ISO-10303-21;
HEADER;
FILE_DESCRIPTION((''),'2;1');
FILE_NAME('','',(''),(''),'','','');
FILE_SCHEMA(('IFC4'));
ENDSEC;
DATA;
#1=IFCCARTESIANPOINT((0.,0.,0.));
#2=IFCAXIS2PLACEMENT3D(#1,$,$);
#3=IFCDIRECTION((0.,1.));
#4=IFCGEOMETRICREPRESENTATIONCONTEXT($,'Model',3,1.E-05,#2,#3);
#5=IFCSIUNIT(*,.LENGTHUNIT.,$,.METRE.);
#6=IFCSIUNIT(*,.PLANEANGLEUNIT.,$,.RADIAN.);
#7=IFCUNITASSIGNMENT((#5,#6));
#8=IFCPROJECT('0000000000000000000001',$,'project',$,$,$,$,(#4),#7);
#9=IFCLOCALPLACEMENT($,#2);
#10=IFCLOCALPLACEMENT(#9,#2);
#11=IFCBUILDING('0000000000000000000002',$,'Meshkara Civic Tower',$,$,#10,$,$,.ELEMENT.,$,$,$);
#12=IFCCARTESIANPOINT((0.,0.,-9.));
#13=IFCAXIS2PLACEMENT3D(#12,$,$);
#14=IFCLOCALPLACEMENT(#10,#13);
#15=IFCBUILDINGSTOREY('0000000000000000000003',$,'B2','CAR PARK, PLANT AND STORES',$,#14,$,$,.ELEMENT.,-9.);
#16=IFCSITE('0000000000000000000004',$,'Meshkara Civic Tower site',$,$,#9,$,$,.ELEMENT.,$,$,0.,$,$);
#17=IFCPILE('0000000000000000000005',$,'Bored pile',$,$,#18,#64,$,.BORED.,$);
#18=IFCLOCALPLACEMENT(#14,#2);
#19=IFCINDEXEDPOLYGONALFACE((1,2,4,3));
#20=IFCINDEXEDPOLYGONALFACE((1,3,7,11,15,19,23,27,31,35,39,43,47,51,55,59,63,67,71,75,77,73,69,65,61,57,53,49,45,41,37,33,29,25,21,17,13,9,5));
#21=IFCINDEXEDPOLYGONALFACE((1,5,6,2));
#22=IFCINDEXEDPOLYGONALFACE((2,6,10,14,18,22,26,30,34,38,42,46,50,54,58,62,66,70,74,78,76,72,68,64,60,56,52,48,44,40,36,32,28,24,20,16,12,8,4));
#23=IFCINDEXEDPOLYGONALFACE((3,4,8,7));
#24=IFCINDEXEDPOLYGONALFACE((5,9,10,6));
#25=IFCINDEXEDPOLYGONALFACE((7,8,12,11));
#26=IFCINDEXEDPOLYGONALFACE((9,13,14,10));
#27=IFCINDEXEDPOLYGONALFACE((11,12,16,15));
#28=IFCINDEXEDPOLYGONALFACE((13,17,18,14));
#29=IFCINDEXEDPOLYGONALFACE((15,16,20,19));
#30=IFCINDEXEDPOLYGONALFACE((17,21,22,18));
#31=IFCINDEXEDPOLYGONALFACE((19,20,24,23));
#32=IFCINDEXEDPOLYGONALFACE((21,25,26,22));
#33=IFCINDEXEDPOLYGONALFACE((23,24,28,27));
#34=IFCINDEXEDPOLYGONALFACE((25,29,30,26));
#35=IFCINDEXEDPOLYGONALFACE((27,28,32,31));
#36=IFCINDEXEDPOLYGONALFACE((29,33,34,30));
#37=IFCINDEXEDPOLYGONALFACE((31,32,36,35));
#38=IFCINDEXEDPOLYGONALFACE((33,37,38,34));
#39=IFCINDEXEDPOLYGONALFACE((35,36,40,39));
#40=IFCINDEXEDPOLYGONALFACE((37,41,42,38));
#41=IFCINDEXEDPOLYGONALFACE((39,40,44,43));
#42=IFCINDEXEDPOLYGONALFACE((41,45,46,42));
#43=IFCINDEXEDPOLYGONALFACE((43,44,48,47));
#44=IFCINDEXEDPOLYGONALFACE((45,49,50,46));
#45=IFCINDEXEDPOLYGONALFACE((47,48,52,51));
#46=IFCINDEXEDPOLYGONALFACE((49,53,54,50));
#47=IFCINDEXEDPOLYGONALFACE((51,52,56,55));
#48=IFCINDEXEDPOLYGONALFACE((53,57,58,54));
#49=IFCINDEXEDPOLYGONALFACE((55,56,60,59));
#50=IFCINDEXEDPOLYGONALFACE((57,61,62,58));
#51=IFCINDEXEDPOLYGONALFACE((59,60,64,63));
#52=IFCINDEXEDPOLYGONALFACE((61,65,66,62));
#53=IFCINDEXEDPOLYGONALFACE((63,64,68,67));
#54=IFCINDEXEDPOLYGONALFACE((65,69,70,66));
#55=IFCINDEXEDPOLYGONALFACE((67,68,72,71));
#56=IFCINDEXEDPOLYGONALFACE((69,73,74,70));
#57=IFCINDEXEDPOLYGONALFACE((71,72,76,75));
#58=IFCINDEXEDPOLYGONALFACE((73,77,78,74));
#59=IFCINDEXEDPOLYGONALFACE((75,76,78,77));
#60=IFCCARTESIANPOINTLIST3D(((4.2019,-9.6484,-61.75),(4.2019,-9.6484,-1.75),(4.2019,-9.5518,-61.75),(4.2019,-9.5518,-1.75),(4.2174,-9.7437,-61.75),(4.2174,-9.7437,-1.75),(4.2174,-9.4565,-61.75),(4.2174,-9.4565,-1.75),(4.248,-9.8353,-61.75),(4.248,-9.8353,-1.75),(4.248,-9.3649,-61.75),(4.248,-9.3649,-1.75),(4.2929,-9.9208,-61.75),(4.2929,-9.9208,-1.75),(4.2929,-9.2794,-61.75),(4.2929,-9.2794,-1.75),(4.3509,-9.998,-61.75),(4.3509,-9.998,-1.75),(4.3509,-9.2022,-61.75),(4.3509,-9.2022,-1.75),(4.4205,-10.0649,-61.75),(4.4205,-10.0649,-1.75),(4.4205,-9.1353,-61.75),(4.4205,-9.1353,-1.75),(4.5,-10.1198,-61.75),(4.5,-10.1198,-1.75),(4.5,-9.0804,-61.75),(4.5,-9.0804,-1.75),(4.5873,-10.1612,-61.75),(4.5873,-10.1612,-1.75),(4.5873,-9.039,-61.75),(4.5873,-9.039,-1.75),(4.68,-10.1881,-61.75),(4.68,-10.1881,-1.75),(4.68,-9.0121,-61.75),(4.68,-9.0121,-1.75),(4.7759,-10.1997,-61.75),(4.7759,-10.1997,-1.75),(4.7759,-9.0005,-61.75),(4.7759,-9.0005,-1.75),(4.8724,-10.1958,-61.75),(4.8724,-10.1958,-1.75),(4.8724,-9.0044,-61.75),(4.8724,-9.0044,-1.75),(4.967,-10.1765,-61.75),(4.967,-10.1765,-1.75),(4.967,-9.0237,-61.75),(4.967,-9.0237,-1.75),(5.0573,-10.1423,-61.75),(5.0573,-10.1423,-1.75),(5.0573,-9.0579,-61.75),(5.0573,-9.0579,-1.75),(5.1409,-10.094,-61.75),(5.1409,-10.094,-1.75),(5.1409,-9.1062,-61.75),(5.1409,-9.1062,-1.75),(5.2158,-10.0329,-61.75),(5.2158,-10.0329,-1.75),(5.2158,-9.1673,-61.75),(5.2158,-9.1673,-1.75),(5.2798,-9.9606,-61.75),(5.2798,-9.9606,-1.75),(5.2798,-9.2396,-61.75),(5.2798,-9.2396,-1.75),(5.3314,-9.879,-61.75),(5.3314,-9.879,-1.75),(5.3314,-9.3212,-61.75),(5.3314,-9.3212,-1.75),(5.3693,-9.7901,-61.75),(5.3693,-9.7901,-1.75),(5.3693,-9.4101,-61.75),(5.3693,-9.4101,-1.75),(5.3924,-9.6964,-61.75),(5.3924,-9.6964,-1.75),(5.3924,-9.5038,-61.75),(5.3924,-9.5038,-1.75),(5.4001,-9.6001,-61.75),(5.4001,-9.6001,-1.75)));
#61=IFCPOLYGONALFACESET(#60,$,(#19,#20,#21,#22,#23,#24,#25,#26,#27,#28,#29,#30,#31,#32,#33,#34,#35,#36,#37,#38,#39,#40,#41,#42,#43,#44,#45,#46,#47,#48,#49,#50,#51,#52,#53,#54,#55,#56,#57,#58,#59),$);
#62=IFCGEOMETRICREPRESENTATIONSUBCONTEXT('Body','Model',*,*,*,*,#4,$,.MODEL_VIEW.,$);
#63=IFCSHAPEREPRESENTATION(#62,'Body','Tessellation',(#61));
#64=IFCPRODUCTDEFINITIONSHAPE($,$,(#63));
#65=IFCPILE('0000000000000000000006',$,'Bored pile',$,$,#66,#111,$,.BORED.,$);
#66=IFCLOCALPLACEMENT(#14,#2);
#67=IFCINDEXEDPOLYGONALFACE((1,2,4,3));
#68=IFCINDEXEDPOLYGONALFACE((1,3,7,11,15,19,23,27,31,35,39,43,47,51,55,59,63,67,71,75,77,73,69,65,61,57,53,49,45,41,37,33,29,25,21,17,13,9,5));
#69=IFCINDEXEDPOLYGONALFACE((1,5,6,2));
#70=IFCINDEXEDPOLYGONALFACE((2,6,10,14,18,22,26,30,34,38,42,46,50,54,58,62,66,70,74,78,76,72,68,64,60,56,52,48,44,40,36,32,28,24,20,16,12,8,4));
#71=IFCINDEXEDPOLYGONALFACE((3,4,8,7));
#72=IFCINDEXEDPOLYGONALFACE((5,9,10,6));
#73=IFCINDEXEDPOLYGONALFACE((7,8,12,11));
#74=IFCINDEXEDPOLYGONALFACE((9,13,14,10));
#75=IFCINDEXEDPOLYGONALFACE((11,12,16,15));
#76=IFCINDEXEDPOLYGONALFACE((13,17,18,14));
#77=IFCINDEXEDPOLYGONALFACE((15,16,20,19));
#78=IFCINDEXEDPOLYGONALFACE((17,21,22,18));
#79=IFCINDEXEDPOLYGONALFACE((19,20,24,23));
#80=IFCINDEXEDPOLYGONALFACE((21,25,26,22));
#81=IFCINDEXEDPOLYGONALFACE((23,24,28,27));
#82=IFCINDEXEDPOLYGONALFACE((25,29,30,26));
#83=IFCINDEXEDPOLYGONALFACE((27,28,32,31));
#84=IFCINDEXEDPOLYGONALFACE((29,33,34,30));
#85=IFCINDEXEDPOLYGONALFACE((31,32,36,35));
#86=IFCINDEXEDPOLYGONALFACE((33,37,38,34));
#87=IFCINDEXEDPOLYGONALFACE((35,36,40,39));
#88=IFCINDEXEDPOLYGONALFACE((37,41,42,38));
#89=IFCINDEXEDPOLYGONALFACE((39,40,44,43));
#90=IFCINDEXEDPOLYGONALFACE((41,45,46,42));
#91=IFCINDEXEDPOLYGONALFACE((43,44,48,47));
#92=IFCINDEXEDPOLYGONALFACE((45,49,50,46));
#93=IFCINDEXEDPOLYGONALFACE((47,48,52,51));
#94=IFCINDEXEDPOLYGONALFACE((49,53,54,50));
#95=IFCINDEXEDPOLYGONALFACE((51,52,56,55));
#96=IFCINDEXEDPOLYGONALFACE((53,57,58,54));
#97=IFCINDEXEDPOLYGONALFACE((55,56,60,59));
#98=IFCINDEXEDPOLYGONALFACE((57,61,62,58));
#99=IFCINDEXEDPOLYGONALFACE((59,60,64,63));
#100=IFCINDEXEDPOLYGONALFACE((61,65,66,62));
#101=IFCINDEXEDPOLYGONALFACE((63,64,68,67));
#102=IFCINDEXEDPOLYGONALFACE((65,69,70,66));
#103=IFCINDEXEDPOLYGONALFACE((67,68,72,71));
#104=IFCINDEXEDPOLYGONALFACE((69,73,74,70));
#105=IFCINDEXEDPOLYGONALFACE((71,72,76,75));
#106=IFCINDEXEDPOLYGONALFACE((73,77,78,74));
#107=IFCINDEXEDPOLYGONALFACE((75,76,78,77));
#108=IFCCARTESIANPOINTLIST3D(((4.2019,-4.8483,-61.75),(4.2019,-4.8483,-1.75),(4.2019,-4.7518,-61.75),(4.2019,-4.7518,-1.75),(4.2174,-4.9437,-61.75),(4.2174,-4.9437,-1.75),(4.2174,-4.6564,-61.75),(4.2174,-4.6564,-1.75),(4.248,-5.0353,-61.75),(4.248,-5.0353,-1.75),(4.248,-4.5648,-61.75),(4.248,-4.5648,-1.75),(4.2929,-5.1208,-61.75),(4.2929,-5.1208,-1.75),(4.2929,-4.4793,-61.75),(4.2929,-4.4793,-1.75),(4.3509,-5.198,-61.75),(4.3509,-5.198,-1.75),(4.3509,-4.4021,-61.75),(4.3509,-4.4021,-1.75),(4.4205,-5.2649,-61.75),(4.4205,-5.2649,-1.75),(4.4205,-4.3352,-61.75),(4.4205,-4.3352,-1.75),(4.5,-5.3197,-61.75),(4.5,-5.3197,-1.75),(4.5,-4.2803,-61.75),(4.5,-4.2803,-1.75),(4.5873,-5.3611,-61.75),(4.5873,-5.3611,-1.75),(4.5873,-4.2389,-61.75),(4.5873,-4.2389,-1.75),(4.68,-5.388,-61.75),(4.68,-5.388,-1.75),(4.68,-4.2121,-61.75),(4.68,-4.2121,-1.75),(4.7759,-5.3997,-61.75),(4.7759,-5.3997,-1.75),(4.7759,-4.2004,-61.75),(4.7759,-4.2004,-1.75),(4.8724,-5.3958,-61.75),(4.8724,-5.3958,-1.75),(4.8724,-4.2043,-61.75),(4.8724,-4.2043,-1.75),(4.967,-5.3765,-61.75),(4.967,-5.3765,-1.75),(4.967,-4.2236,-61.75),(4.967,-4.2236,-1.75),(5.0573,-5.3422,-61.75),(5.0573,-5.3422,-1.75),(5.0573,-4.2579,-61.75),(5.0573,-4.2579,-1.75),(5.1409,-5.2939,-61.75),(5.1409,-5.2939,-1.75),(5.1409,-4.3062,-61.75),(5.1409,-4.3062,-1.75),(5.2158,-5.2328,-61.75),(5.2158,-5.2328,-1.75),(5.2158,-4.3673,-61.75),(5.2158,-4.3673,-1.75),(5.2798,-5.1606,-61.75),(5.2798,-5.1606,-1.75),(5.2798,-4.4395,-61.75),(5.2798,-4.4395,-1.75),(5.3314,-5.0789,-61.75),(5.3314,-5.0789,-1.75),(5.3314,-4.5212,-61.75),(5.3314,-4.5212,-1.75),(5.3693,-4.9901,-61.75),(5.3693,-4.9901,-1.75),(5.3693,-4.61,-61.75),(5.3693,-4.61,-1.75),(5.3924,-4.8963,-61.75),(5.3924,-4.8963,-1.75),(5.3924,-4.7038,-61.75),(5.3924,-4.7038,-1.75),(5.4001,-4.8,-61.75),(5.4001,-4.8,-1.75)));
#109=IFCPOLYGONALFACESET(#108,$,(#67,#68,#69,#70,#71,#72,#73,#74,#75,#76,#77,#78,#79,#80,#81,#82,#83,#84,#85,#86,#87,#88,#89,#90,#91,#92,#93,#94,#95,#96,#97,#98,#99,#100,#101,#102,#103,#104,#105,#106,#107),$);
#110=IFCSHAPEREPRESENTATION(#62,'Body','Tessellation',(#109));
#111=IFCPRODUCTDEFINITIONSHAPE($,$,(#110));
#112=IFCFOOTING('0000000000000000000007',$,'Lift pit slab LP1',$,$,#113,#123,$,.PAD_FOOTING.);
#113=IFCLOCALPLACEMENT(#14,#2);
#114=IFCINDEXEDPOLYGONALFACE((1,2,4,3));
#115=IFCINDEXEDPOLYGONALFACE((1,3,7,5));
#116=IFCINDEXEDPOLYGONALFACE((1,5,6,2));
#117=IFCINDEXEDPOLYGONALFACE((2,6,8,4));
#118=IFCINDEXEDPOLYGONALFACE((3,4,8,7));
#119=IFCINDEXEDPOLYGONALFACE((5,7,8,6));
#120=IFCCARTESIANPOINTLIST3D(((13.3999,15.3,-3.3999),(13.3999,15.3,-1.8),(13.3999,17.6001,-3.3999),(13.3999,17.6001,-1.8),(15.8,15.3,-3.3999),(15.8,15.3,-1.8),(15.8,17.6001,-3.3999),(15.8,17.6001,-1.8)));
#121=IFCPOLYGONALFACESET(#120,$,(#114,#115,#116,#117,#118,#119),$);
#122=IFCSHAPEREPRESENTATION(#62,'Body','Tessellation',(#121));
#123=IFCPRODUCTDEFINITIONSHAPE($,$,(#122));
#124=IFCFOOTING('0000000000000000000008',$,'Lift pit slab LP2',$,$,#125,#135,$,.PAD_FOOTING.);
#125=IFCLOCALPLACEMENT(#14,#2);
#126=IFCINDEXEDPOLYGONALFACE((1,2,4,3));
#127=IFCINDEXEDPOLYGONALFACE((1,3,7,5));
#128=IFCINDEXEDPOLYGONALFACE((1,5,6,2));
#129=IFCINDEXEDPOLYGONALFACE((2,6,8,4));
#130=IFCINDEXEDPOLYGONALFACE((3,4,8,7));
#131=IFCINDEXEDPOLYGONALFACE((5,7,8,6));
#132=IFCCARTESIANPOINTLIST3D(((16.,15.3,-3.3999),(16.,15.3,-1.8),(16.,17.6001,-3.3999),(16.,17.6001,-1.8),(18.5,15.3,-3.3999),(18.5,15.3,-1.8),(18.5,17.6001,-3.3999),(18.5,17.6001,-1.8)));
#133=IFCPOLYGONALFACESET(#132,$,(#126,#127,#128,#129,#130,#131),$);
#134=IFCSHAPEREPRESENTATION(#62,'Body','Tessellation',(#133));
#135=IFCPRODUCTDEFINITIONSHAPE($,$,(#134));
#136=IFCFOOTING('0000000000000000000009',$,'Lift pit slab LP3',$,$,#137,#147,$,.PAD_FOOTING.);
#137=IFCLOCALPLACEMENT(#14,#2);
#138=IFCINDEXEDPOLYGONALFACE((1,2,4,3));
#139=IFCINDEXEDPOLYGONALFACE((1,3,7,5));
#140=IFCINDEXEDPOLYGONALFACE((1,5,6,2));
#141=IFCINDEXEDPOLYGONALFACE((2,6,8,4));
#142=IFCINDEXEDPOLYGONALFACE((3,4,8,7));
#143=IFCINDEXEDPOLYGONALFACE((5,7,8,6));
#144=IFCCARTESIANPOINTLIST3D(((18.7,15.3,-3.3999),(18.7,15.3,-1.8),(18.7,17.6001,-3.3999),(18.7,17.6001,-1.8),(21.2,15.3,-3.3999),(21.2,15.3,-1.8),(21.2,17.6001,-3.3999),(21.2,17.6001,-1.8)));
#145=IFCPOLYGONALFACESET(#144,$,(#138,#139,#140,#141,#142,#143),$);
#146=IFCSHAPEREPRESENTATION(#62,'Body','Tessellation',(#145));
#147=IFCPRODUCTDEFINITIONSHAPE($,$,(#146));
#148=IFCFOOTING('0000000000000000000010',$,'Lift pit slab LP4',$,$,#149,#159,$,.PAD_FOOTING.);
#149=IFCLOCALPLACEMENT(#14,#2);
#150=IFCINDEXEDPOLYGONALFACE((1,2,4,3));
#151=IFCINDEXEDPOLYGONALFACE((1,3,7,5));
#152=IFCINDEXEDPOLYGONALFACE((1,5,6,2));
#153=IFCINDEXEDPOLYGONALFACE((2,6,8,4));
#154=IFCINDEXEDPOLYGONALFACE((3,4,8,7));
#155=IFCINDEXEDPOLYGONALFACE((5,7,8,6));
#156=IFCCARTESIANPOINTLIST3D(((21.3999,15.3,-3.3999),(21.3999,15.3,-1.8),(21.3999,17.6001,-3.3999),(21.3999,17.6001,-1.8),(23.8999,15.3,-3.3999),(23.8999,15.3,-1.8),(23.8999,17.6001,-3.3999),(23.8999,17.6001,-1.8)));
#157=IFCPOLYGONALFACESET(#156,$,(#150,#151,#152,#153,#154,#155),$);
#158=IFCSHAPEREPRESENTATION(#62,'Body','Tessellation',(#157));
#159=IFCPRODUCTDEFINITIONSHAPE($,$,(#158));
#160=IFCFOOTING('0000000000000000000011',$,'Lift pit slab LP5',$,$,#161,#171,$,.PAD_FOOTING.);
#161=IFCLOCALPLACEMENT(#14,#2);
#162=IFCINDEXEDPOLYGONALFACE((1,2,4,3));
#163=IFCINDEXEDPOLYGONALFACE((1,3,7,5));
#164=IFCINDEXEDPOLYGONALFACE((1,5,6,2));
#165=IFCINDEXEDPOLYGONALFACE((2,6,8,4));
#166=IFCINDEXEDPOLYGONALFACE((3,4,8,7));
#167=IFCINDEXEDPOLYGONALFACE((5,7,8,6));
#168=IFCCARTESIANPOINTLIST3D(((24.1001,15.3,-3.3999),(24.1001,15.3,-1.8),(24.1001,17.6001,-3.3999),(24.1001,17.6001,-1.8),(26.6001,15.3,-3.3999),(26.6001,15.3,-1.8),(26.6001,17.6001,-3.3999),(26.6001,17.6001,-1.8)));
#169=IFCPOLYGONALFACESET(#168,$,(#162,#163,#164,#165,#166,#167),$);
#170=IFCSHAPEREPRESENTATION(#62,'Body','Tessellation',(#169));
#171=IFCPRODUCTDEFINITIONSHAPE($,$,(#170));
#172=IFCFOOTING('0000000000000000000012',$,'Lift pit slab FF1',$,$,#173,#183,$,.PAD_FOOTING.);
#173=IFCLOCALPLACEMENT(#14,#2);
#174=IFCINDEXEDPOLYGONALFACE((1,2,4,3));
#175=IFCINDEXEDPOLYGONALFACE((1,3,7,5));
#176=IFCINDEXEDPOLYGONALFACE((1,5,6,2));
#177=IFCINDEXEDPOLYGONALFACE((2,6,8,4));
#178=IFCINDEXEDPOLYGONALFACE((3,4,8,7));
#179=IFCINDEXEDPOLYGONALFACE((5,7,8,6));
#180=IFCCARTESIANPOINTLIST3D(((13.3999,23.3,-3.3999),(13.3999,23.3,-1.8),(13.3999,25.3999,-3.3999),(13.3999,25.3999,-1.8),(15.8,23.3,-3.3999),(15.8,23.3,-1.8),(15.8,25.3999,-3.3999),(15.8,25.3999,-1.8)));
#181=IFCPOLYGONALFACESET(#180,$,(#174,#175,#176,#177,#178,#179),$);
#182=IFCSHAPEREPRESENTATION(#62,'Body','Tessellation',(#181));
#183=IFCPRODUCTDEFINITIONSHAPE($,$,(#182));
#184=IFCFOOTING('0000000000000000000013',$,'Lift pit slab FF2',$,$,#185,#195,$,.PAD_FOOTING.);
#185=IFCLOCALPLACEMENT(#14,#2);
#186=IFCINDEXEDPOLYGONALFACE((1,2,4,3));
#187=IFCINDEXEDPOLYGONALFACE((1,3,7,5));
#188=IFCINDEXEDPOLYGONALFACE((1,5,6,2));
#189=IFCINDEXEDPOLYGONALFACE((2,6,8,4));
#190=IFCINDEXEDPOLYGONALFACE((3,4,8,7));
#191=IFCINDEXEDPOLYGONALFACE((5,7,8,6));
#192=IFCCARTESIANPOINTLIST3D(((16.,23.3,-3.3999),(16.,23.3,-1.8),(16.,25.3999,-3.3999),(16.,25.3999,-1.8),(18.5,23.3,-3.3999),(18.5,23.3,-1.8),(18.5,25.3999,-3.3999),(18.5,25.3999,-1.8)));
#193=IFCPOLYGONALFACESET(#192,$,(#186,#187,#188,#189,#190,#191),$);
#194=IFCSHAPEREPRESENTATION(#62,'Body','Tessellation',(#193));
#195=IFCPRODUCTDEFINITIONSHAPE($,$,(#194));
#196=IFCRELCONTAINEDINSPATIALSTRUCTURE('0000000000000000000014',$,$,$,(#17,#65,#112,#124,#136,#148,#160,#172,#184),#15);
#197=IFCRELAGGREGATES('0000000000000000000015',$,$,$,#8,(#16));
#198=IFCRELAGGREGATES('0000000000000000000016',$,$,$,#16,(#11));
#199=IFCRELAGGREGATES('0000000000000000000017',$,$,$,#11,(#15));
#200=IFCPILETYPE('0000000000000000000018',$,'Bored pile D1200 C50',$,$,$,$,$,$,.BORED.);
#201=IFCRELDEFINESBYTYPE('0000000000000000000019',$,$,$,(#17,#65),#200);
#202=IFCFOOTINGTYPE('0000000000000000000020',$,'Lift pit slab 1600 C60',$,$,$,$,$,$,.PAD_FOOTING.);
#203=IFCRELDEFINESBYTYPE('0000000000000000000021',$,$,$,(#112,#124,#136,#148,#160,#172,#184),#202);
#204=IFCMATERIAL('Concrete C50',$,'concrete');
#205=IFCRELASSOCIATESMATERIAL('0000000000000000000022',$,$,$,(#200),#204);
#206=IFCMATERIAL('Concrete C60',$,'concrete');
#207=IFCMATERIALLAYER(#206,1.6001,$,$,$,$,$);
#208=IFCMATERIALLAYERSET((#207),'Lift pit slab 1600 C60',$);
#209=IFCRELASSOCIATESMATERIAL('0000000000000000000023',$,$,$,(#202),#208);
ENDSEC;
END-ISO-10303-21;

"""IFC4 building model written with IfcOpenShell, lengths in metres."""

from ifc_helpers import new_model, si_unit, direction, frame, origin, origin_2d, place, context, subcontext, project, spatial, polyline, circle, outline, extrude, material, layer, layer_set, material_profile, profile_set, type_object, element, save


model = new_model("IFC4")

# Units and contexts
model_context = context("Model", 3, precision=1e-05, world=origin(), true_north=direction((0.0, 1.0)))
body_context = subcontext(model_context, "Body", "Model", "MODEL_VIEW")
ifc_project = project(units=[si_unit("LENGTHUNIT", "METRE"), si_unit("PLANEANGLEUNIT", "RADIAN")], contexts=[model_context])

# Site, building, storey
site_placement = place(None, origin())
site = spatial("IfcSite", under=ifc_project, at=site_placement, Name="Meshkara Civic Tower site", CompositionType="ELEMENT", RefElevation=0.0)
building_placement = place(site_placement, origin())
building = spatial("IfcBuilding", under=site, at=building_placement, Name="Meshkara Civic Tower", CompositionType="ELEMENT")
storey_placement = place(building_placement, frame((0.0, 0.0, -9.0)))
storey = spatial("IfcBuildingStorey", under=building, at=storey_placement, Name="B2", Description="CAR PARK, PLANT AND STORES", CompositionType="ELEMENT", Elevation=-9.0)

# Piles
ifc_material_1 = material(Name="Concrete C50", Category="concrete")
ifc_material_profile_1 = material_profile(ifc_material_1, circle(Radius=0.6001, at=origin_2d()))
ifc_profile_set_1 = profile_set([ifc_material_profile_1], Name="Concrete C50")
pile_type = type_object("IfcPileType", Name="Bored pile D1200 C50", PredefinedType="BORED", material=ifc_profile_set_1)
for number, where, z_axis, x_axis, name in (
    (1, (4.8, -9.6001, -1.75), (0.0, 0.0, -1.0), (1.0, 0.0, 0.0), "Bored pile"),
    (2, (4.8, -4.8, -1.75), (0.0, 0.0, -1.0), (1.0, 0.0, 0.0), "Bored pile"),
):
    element("IfcPile", number, at=place(storey_placement, frame(where, z_axis=z_axis, x_axis=x_axis)), inside=storey, type_object=pile_type, Name=name, PredefinedType="BORED", context=body_context, shape_type="SweptSolid", body=[
        extrude(circle(Radius=0.6001, at=origin_2d()), origin(), (0.0, 0.0, 1.0), 60.0),
    ])

# Footings
ifc_material_2 = material(Name="Concrete C60", Category="concrete")
ifc_layer_1 = layer(ifc_material_2, 1.6001)
ifc_layer_set_1 = layer_set([ifc_layer_1], Name="Lift pit slab 1600 C60")
footing_type_1 = type_object("IfcFootingType", Name="Lift pit slab 1600 C60", PredefinedType="PAD_FOOTING", material=ifc_layer_set_1)
footing_1_placement = place(storey_placement, frame((0.0, 0.0, -3.3999)))
element("IfcFooting", 3, at=footing_1_placement, inside=storey, type_object=footing_type_1, Name="Lift pit slab LP1", PredefinedType="PAD_FOOTING", context=body_context, shape_type="SweptSolid", body=[
    extrude(outline(polyline([(13.3999, 15.3), (13.3999, 17.6001), (15.8, 17.6001), (15.8, 15.3), (13.3999, 15.3)])), origin(), (0.0, 0.0, 1.0), 1.5999),
])
footing_2_placement = place(storey_placement, frame((0.0, 0.0, -3.3999)))
element("IfcFooting", 4, at=footing_2_placement, inside=storey, type_object=footing_type_1, Name="Lift pit slab LP2", PredefinedType="PAD_FOOTING", context=body_context, shape_type="SweptSolid", body=[
    extrude(outline(polyline([(16.0, 15.3), (16.0, 17.6001), (18.5, 17.6001), (18.5, 15.3), (16.0, 15.3)])), origin(), (0.0, 0.0, 1.0), 1.5999),
])
footing_3_placement = place(storey_placement, frame((0.0, 0.0, -3.3999)))
element("IfcFooting", 5, at=footing_3_placement, inside=storey, type_object=footing_type_1, Name="Lift pit slab LP3", PredefinedType="PAD_FOOTING", context=body_context, shape_type="SweptSolid", body=[
    extrude(outline(polyline([(18.7, 15.3), (18.7, 17.6001), (21.2, 17.6001), (21.2, 15.3), (18.7, 15.3)])), origin(), (0.0, 0.0, 1.0), 1.5999),
])
footing_4_placement = place(storey_placement, frame((0.0, 0.0, -3.3999)))
element("IfcFooting", 6, at=footing_4_placement, inside=storey, type_object=footing_type_1, Name="Lift pit slab LP4", PredefinedType="PAD_FOOTING", context=body_context, shape_type="SweptSolid", body=[
    extrude(outline(polyline([(21.3999, 15.3), (21.3999, 17.6001), (23.8999, 17.6001), (23.8999, 15.3), (21.3999, 15.3)])), origin(), (0.0, 0.0, 1.0), 1.5999),
])
footing_5_placement = place(storey_placement, frame((0.0, 0.0, -3.3999)))
element("IfcFooting", 7, at=footing_5_placement, inside=storey, type_object=footing_type_1, Name="Lift pit slab LP5", PredefinedType="PAD_FOOTING", context=body_context, shape_type="SweptSolid", body=[
    extrude(outline(polyline([(24.1001, 15.3), (24.1001, 17.6001), (26.6001, 17.6001), (26.6001, 15.3), (24.1001, 15.3)])), origin(), (0.0, 0.0, 1.0), 1.5999),
])
footing_6_placement = place(storey_placement, frame((0.0, 0.0, -3.3999)))
element("IfcFooting", 8, at=footing_6_placement, inside=storey, type_object=footing_type_1, Name="Lift pit slab FF1", PredefinedType="PAD_FOOTING", context=body_context, shape_type="SweptSolid", body=[
    extrude(outline(polyline([(13.3999, 25.3999), (15.8, 25.3999), (15.8, 23.3), (13.3999, 23.3), (13.3999, 25.3999)])), origin(), (0.0, 0.0, 1.0), 1.5999),
])
footing_7_placement = place(storey_placement, frame((0.0, 0.0, -3.3999)))
element("IfcFooting", 9, at=footing_7_placement, inside=storey, type_object=footing_type_1, Name="Lift pit slab FF2", PredefinedType="PAD_FOOTING", context=body_context, shape_type="SweptSolid", body=[
    extrude(outline(polyline([(18.5, 23.3), (16.0, 23.3), (16.0, 25.3999), (18.5, 25.3999), (18.5, 23.3)])), origin(), (0.0, 0.0, 1.0), 1.5999),
])

save(model, "model.ifc")
